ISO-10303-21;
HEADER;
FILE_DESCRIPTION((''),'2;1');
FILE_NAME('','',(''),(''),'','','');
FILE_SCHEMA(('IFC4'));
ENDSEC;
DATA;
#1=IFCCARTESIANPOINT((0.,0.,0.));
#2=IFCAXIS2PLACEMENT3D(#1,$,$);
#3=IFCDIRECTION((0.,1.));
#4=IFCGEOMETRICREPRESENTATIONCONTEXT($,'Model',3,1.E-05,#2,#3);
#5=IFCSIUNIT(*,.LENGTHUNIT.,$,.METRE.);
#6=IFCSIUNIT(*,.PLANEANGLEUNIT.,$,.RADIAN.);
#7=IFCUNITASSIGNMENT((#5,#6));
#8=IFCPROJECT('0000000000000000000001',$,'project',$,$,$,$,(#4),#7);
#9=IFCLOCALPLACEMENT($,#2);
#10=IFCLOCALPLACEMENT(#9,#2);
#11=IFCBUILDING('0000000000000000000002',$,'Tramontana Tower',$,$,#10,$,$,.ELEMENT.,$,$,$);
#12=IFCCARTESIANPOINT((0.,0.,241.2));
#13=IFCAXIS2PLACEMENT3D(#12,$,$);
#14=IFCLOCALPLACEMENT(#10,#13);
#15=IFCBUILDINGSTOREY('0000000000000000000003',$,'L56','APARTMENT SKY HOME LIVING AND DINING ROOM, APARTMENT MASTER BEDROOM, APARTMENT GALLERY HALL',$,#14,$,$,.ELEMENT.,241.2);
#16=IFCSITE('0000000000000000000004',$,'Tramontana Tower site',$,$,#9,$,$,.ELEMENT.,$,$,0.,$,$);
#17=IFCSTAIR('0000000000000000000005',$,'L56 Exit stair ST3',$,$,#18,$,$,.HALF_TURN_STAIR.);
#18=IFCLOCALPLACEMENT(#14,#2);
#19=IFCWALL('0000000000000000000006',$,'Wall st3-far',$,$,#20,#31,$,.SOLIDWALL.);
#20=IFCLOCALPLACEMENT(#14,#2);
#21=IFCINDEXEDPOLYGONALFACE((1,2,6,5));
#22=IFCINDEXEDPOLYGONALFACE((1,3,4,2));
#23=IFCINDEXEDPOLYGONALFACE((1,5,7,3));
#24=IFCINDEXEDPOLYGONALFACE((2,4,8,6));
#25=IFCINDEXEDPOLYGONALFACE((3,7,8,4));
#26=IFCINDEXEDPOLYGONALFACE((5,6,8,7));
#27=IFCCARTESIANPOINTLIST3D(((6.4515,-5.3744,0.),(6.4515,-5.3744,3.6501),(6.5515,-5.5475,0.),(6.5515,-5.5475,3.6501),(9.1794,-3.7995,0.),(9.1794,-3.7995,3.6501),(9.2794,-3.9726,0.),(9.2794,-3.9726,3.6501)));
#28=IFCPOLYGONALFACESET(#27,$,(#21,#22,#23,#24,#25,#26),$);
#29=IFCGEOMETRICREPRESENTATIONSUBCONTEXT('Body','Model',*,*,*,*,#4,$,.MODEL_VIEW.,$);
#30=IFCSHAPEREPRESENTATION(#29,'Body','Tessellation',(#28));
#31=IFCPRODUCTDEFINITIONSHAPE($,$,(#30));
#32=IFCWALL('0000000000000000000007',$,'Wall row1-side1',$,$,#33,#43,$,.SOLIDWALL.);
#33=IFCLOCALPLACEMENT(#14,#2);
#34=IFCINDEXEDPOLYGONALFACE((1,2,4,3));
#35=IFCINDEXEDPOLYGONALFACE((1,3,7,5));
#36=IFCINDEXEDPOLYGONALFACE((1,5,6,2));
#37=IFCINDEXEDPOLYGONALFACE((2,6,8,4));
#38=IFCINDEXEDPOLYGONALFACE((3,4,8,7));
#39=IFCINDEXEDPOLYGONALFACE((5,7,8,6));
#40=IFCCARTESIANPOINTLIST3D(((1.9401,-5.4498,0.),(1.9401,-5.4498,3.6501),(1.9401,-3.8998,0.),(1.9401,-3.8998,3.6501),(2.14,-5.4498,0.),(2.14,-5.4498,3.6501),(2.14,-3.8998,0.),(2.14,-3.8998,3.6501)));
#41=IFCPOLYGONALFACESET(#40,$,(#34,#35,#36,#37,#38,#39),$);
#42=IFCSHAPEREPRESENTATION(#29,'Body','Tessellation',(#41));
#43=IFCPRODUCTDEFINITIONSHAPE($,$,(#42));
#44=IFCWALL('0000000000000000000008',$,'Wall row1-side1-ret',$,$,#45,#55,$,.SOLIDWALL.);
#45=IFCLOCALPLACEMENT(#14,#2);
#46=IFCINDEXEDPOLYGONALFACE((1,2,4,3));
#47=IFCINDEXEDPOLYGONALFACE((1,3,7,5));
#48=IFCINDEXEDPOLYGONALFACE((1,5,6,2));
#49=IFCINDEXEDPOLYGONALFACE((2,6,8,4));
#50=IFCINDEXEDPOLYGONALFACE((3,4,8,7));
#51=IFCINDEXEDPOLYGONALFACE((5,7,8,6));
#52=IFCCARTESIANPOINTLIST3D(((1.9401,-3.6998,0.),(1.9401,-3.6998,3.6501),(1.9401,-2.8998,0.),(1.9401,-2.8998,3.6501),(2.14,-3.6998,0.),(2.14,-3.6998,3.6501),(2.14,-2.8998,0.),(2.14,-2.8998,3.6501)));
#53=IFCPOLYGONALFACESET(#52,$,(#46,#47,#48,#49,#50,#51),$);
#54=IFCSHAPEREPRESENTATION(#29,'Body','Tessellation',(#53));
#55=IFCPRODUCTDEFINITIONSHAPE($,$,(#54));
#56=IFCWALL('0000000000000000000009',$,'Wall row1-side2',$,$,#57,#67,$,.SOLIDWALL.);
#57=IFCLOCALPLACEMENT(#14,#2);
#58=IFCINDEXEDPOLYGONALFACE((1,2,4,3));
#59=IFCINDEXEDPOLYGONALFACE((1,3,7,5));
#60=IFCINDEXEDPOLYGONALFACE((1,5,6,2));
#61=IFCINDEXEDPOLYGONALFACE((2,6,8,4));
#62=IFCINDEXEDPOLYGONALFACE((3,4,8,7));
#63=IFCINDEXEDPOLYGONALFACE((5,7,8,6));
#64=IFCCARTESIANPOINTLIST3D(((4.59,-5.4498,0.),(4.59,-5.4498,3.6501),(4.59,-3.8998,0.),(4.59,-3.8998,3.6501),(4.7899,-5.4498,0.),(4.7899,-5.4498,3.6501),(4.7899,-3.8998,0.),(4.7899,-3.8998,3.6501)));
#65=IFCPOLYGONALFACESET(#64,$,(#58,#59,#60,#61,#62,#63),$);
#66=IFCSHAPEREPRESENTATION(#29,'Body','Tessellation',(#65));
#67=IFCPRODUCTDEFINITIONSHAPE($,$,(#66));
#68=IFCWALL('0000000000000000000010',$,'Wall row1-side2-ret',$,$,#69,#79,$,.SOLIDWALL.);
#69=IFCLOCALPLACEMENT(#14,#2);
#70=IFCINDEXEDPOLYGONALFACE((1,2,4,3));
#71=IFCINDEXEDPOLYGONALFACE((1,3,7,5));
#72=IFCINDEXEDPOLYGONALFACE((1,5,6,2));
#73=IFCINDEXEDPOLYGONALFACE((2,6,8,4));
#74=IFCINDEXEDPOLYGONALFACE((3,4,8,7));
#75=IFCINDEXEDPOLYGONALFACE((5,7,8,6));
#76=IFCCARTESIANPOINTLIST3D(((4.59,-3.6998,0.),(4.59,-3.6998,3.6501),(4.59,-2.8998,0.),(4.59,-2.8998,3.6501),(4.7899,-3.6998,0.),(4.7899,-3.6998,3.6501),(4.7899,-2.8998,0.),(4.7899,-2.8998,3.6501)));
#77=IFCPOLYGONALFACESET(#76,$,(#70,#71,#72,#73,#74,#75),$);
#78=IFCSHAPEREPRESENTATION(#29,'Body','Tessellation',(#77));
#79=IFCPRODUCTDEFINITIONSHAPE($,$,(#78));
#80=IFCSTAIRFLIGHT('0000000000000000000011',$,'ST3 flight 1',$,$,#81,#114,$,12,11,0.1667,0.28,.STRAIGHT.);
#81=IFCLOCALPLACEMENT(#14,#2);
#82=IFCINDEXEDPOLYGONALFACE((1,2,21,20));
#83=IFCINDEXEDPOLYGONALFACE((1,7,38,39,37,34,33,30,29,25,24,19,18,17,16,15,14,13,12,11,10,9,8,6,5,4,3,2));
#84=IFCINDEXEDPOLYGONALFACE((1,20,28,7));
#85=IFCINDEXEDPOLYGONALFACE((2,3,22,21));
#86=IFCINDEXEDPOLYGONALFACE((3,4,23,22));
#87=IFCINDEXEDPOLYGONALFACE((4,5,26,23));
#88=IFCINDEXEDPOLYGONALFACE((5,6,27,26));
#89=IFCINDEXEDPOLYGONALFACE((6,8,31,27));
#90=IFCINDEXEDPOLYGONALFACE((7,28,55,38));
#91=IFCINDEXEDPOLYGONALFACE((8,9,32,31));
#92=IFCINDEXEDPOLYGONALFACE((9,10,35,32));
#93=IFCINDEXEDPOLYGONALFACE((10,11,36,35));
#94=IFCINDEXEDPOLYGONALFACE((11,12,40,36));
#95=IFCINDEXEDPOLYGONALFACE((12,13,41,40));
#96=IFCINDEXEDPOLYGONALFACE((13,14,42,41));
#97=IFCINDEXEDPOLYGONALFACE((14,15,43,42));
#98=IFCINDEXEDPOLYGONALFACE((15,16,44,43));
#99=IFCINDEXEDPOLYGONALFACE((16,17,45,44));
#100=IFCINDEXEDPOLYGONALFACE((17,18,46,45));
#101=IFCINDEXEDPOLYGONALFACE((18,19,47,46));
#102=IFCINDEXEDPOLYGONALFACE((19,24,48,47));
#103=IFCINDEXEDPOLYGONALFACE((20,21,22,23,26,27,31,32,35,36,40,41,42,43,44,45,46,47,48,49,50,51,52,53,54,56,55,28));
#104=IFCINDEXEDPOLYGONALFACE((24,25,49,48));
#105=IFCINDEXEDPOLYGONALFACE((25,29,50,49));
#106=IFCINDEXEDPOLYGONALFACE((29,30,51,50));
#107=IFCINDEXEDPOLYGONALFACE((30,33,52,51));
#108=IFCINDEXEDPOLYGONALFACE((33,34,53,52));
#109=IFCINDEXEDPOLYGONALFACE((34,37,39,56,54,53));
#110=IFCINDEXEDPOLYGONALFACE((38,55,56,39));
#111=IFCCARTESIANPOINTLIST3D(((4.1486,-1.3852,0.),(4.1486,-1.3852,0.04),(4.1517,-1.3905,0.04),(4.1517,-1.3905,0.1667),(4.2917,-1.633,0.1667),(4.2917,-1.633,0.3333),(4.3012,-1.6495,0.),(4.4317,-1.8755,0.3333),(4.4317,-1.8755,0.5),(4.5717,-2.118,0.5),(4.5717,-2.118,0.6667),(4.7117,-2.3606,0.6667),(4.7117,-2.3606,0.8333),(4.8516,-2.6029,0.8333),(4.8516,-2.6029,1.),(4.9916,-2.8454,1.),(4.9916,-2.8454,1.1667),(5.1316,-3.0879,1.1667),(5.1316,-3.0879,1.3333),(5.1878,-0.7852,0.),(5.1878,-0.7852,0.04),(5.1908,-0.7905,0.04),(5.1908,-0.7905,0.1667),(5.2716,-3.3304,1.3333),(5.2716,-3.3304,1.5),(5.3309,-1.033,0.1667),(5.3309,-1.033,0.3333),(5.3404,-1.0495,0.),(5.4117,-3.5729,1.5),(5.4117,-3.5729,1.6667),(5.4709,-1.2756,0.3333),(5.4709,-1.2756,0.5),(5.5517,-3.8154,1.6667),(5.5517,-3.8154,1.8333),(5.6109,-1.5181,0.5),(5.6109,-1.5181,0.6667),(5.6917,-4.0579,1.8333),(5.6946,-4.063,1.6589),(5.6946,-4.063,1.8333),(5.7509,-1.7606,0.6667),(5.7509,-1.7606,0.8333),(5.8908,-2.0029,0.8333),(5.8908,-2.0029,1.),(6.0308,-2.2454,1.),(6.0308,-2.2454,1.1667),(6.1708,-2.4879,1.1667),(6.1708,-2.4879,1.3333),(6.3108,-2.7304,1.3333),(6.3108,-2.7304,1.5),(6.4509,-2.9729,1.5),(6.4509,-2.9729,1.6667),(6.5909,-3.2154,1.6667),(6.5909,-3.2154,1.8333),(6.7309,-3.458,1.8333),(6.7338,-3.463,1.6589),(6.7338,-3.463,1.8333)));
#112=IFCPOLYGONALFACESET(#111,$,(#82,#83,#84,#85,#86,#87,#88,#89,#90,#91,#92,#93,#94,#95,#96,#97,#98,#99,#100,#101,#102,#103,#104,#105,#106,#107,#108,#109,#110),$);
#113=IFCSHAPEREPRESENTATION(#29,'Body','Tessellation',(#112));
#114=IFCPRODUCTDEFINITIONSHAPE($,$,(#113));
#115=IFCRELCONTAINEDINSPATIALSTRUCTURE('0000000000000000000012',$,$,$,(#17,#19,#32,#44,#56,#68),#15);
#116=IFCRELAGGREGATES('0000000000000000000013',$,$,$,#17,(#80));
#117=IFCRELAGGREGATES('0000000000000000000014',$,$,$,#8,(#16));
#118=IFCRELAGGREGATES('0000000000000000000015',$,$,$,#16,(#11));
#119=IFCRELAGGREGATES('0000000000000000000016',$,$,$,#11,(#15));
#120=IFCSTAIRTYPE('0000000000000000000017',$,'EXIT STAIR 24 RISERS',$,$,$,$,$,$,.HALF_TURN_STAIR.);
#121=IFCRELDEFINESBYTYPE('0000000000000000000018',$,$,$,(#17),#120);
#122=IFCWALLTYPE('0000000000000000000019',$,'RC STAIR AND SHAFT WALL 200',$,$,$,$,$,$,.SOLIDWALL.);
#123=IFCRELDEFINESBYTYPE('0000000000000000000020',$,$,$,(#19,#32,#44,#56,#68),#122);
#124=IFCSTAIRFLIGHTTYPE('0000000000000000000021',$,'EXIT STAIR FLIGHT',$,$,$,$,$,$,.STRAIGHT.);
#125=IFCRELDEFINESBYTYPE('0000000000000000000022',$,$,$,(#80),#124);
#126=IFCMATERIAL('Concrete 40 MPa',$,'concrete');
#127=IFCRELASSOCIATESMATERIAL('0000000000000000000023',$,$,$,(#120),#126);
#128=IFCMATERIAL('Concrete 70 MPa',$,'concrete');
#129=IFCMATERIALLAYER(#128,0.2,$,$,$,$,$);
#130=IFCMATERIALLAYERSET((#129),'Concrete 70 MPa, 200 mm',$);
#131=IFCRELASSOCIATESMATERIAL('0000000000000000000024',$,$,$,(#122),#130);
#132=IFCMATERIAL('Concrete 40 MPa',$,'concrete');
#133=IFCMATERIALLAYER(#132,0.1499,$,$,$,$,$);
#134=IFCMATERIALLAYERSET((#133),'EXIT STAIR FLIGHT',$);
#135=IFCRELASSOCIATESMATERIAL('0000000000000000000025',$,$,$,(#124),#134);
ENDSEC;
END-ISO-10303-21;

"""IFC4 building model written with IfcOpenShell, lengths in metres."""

from ifc_helpers import new_model, si_unit, direction, frame, frame_2d, origin, place, context, subcontext, project, spatial, polyline, rectangle, outline, extrude, material, layer, layer_set, type_object, element, aggregate, save


model = new_model("IFC4")

# Units and contexts
model_context = context("Model", 3, precision=1e-05, world=origin(), true_north=direction((0.0, 1.0)))
body_context = subcontext(model_context, "Body", "Model", "MODEL_VIEW")
ifc_project = project(units=[si_unit("LENGTHUNIT", "METRE"), si_unit("PLANEANGLEUNIT", "RADIAN")], contexts=[model_context])

# Site, building, storey
site_placement = place(None, origin())
site = spatial("IfcSite", under=ifc_project, at=site_placement, Name="Tramontana Tower site", CompositionType="ELEMENT", RefElevation=0.0)
building_placement = place(site_placement, origin())
building = spatial("IfcBuilding", under=site, at=building_placement, Name="Tramontana Tower", CompositionType="ELEMENT")
storey_placement = place(building_placement, frame((0.0, 0.0, 241.2)))
storey = spatial("IfcBuildingStorey", under=building, at=storey_placement, Name="L56", Description="APARTMENT SKY HOME LIVING AND DINING ROOM, APARTMENT MASTER BEDROOM, APARTMENT GALLERY HALL", CompositionType="ELEMENT", Elevation=241.2)

# Stair
ifc_material_1 = material(Name="Concrete 40 MPa", Category="concrete")
stair_type = type_object("IfcStairType", Name="EXIT STAIR 24 RISERS", PredefinedType="HALF_TURN_STAIR", material=ifc_material_1)
stair_1_placement = place(storey_placement, origin())
stair_1 = element("IfcStair", 1, at=stair_1_placement, inside=storey, type_object=stair_type, Name="L56 Exit stair ST3", PredefinedType="HALF_TURN_STAIR")

# Wall
ifc_material_2 = material(Name="Concrete 70 MPa", Category="concrete")
ifc_layer_1 = layer(ifc_material_2, 0.2)
ifc_layer_set_1 = layer_set([ifc_layer_1], Name="Concrete 70 MPa, 200 mm")
wall_type = type_object("IfcWallType", Name="RC STAIR AND SHAFT WALL 200", PredefinedType="SOLIDWALL", material=ifc_layer_set_1)
wall_1_placement = place(storey_placement, frame((6.5015, -5.4609, 0.0), z_axis=(0.0, 0.0, 1.0), x_axis=(0.866036, 0.499982, 0.0)))
element("IfcWall", 2, at=wall_1_placement, inside=storey, type_object=wall_type, Name="Wall st3-far", PredefinedType="SOLIDWALL", context=body_context, shape_type="SweptSolid", body=[
    extrude(rectangle(XDim=3.1499, YDim=0.2, at=frame_2d((1.575, 0.0))), origin(), (0.0, 0.0, 1.0), 3.6501),
])

# Walls
wall_2_placement = place(storey_placement, frame((2.04, -3.8999, 0.0), z_axis=(0.0, 0.0, 1.0), x_axis=(0.0, -1.0, 0.0)))
element("IfcWall", 3, at=wall_2_placement, inside=storey, type_object=wall_type, Name="Wall row1-side1", PredefinedType="SOLIDWALL", context=body_context, shape_type="SweptSolid", body=[
    extrude(rectangle(XDim=1.55, YDim=0.2, at=frame_2d((0.7749, 0.0))), origin(), (0.0, 0.0, 1.0), 3.6501),
])
wall_3_placement = place(storey_placement, frame((2.04, -2.8999, 0.0), z_axis=(0.0, 0.0, 1.0), x_axis=(0.0, -1.0, 0.0)))
element("IfcWall", 4, at=wall_3_placement, inside=storey, type_object=wall_type, Name="Wall row1-side1-ret", PredefinedType="SOLIDWALL", context=body_context, shape_type="SweptSolid", body=[
    extrude(rectangle(XDim=0.8, YDim=0.2, at=frame_2d((0.3999, 0.0))), origin(), (0.0, 0.0, 1.0), 3.6501),
])
wall_4_placement = place(storey_placement, frame((4.6899, -3.8999, 0.0), z_axis=(0.0, 0.0, 1.0), x_axis=(0.0, -1.0, 0.0)))
element("IfcWall", 5, at=wall_4_placement, inside=storey, type_object=wall_type, Name="Wall row1-side2", PredefinedType="SOLIDWALL", context=body_context, shape_type="SweptSolid", body=[
    extrude(rectangle(XDim=1.55, YDim=0.2, at=frame_2d((0.7749, 0.0))), origin(), (0.0, 0.0, 1.0), 3.6501),
])
wall_5_placement = place(storey_placement, frame((4.6899, -2.8999, 0.0), z_axis=(0.0, 0.0, 1.0), x_axis=(0.0, -1.0, 0.0)))
element("IfcWall", 6, at=wall_5_placement, inside=storey, type_object=wall_type, Name="Wall row1-side2-ret", PredefinedType="SOLIDWALL", context=body_context, shape_type="SweptSolid", body=[
    extrude(rectangle(XDim=0.8, YDim=0.2, at=frame_2d((0.3999, 0.0))), origin(), (0.0, 0.0, 1.0), 3.6501),
])

# Stair flight
ifc_material_3 = material(Name="Concrete 40 MPa", Category="concrete")
ifc_layer_2 = layer(ifc_material_3, 0.1499)
ifc_layer_set_2 = layer_set([ifc_layer_2], Name="EXIT STAIR FLIGHT")
stair_flight_type = type_object("IfcStairFlightType", Name="EXIT STAIR FLIGHT", PredefinedType="STRAIGHT", material=ifc_layer_set_2)
stair_flight_placement = place(storey_placement, frame((4.6711, -1.0906, 0.0), z_axis=(0.0, 0.0, 1.0), x_axis=(0.5, -0.866025, 0.0)))
stair_flight = element("IfcStairFlight", 7, at=stair_flight_placement, type_object=stair_flight_type, Name="ST3 flight 1", NumberOfRisers=12, NumberOfTreads=11, PredefinedType="STRAIGHT", RiserHeight=0.1667, TreadLength=0.28, context=body_context, shape_type="SweptSolid", body=[
    extrude(outline(polyline([(-0.0061, 0.0), (-0.0061, 0.04), (0.0, 0.04), (0.0, 0.1667), (0.28, 0.1667), (0.28, 0.3333), (0.5601, 0.3333), (0.5601, 0.5), (0.8401, 0.5), (0.8401, 0.6667), (1.1201, 0.6667), (1.1201, 0.8333), (1.3999, 0.8333), (1.3999, 1.0), (1.6799, 1.0), (1.6799, 1.1667), (1.96, 1.1667), (1.96, 1.3333), (2.24, 1.3333), (2.24, 1.5), (2.52, 1.5), (2.52, 1.6667), (2.8, 1.6667), (2.8, 1.8333), (3.0801, 1.8333), (3.0859, 1.8333), (3.0859, 1.6589), (0.2991, 0.0), (-0.0061, 0.0)])), frame((0.0, 0.6001, 0.0), z_axis=(0.0, -1.0, 0.0), x_axis=(1.0, 0.0, 0.0)), (0.0, 0.0, 1.0), 1.2),
])
aggregate(stair_1, [stair_flight])

save(model, "model.ifc")
